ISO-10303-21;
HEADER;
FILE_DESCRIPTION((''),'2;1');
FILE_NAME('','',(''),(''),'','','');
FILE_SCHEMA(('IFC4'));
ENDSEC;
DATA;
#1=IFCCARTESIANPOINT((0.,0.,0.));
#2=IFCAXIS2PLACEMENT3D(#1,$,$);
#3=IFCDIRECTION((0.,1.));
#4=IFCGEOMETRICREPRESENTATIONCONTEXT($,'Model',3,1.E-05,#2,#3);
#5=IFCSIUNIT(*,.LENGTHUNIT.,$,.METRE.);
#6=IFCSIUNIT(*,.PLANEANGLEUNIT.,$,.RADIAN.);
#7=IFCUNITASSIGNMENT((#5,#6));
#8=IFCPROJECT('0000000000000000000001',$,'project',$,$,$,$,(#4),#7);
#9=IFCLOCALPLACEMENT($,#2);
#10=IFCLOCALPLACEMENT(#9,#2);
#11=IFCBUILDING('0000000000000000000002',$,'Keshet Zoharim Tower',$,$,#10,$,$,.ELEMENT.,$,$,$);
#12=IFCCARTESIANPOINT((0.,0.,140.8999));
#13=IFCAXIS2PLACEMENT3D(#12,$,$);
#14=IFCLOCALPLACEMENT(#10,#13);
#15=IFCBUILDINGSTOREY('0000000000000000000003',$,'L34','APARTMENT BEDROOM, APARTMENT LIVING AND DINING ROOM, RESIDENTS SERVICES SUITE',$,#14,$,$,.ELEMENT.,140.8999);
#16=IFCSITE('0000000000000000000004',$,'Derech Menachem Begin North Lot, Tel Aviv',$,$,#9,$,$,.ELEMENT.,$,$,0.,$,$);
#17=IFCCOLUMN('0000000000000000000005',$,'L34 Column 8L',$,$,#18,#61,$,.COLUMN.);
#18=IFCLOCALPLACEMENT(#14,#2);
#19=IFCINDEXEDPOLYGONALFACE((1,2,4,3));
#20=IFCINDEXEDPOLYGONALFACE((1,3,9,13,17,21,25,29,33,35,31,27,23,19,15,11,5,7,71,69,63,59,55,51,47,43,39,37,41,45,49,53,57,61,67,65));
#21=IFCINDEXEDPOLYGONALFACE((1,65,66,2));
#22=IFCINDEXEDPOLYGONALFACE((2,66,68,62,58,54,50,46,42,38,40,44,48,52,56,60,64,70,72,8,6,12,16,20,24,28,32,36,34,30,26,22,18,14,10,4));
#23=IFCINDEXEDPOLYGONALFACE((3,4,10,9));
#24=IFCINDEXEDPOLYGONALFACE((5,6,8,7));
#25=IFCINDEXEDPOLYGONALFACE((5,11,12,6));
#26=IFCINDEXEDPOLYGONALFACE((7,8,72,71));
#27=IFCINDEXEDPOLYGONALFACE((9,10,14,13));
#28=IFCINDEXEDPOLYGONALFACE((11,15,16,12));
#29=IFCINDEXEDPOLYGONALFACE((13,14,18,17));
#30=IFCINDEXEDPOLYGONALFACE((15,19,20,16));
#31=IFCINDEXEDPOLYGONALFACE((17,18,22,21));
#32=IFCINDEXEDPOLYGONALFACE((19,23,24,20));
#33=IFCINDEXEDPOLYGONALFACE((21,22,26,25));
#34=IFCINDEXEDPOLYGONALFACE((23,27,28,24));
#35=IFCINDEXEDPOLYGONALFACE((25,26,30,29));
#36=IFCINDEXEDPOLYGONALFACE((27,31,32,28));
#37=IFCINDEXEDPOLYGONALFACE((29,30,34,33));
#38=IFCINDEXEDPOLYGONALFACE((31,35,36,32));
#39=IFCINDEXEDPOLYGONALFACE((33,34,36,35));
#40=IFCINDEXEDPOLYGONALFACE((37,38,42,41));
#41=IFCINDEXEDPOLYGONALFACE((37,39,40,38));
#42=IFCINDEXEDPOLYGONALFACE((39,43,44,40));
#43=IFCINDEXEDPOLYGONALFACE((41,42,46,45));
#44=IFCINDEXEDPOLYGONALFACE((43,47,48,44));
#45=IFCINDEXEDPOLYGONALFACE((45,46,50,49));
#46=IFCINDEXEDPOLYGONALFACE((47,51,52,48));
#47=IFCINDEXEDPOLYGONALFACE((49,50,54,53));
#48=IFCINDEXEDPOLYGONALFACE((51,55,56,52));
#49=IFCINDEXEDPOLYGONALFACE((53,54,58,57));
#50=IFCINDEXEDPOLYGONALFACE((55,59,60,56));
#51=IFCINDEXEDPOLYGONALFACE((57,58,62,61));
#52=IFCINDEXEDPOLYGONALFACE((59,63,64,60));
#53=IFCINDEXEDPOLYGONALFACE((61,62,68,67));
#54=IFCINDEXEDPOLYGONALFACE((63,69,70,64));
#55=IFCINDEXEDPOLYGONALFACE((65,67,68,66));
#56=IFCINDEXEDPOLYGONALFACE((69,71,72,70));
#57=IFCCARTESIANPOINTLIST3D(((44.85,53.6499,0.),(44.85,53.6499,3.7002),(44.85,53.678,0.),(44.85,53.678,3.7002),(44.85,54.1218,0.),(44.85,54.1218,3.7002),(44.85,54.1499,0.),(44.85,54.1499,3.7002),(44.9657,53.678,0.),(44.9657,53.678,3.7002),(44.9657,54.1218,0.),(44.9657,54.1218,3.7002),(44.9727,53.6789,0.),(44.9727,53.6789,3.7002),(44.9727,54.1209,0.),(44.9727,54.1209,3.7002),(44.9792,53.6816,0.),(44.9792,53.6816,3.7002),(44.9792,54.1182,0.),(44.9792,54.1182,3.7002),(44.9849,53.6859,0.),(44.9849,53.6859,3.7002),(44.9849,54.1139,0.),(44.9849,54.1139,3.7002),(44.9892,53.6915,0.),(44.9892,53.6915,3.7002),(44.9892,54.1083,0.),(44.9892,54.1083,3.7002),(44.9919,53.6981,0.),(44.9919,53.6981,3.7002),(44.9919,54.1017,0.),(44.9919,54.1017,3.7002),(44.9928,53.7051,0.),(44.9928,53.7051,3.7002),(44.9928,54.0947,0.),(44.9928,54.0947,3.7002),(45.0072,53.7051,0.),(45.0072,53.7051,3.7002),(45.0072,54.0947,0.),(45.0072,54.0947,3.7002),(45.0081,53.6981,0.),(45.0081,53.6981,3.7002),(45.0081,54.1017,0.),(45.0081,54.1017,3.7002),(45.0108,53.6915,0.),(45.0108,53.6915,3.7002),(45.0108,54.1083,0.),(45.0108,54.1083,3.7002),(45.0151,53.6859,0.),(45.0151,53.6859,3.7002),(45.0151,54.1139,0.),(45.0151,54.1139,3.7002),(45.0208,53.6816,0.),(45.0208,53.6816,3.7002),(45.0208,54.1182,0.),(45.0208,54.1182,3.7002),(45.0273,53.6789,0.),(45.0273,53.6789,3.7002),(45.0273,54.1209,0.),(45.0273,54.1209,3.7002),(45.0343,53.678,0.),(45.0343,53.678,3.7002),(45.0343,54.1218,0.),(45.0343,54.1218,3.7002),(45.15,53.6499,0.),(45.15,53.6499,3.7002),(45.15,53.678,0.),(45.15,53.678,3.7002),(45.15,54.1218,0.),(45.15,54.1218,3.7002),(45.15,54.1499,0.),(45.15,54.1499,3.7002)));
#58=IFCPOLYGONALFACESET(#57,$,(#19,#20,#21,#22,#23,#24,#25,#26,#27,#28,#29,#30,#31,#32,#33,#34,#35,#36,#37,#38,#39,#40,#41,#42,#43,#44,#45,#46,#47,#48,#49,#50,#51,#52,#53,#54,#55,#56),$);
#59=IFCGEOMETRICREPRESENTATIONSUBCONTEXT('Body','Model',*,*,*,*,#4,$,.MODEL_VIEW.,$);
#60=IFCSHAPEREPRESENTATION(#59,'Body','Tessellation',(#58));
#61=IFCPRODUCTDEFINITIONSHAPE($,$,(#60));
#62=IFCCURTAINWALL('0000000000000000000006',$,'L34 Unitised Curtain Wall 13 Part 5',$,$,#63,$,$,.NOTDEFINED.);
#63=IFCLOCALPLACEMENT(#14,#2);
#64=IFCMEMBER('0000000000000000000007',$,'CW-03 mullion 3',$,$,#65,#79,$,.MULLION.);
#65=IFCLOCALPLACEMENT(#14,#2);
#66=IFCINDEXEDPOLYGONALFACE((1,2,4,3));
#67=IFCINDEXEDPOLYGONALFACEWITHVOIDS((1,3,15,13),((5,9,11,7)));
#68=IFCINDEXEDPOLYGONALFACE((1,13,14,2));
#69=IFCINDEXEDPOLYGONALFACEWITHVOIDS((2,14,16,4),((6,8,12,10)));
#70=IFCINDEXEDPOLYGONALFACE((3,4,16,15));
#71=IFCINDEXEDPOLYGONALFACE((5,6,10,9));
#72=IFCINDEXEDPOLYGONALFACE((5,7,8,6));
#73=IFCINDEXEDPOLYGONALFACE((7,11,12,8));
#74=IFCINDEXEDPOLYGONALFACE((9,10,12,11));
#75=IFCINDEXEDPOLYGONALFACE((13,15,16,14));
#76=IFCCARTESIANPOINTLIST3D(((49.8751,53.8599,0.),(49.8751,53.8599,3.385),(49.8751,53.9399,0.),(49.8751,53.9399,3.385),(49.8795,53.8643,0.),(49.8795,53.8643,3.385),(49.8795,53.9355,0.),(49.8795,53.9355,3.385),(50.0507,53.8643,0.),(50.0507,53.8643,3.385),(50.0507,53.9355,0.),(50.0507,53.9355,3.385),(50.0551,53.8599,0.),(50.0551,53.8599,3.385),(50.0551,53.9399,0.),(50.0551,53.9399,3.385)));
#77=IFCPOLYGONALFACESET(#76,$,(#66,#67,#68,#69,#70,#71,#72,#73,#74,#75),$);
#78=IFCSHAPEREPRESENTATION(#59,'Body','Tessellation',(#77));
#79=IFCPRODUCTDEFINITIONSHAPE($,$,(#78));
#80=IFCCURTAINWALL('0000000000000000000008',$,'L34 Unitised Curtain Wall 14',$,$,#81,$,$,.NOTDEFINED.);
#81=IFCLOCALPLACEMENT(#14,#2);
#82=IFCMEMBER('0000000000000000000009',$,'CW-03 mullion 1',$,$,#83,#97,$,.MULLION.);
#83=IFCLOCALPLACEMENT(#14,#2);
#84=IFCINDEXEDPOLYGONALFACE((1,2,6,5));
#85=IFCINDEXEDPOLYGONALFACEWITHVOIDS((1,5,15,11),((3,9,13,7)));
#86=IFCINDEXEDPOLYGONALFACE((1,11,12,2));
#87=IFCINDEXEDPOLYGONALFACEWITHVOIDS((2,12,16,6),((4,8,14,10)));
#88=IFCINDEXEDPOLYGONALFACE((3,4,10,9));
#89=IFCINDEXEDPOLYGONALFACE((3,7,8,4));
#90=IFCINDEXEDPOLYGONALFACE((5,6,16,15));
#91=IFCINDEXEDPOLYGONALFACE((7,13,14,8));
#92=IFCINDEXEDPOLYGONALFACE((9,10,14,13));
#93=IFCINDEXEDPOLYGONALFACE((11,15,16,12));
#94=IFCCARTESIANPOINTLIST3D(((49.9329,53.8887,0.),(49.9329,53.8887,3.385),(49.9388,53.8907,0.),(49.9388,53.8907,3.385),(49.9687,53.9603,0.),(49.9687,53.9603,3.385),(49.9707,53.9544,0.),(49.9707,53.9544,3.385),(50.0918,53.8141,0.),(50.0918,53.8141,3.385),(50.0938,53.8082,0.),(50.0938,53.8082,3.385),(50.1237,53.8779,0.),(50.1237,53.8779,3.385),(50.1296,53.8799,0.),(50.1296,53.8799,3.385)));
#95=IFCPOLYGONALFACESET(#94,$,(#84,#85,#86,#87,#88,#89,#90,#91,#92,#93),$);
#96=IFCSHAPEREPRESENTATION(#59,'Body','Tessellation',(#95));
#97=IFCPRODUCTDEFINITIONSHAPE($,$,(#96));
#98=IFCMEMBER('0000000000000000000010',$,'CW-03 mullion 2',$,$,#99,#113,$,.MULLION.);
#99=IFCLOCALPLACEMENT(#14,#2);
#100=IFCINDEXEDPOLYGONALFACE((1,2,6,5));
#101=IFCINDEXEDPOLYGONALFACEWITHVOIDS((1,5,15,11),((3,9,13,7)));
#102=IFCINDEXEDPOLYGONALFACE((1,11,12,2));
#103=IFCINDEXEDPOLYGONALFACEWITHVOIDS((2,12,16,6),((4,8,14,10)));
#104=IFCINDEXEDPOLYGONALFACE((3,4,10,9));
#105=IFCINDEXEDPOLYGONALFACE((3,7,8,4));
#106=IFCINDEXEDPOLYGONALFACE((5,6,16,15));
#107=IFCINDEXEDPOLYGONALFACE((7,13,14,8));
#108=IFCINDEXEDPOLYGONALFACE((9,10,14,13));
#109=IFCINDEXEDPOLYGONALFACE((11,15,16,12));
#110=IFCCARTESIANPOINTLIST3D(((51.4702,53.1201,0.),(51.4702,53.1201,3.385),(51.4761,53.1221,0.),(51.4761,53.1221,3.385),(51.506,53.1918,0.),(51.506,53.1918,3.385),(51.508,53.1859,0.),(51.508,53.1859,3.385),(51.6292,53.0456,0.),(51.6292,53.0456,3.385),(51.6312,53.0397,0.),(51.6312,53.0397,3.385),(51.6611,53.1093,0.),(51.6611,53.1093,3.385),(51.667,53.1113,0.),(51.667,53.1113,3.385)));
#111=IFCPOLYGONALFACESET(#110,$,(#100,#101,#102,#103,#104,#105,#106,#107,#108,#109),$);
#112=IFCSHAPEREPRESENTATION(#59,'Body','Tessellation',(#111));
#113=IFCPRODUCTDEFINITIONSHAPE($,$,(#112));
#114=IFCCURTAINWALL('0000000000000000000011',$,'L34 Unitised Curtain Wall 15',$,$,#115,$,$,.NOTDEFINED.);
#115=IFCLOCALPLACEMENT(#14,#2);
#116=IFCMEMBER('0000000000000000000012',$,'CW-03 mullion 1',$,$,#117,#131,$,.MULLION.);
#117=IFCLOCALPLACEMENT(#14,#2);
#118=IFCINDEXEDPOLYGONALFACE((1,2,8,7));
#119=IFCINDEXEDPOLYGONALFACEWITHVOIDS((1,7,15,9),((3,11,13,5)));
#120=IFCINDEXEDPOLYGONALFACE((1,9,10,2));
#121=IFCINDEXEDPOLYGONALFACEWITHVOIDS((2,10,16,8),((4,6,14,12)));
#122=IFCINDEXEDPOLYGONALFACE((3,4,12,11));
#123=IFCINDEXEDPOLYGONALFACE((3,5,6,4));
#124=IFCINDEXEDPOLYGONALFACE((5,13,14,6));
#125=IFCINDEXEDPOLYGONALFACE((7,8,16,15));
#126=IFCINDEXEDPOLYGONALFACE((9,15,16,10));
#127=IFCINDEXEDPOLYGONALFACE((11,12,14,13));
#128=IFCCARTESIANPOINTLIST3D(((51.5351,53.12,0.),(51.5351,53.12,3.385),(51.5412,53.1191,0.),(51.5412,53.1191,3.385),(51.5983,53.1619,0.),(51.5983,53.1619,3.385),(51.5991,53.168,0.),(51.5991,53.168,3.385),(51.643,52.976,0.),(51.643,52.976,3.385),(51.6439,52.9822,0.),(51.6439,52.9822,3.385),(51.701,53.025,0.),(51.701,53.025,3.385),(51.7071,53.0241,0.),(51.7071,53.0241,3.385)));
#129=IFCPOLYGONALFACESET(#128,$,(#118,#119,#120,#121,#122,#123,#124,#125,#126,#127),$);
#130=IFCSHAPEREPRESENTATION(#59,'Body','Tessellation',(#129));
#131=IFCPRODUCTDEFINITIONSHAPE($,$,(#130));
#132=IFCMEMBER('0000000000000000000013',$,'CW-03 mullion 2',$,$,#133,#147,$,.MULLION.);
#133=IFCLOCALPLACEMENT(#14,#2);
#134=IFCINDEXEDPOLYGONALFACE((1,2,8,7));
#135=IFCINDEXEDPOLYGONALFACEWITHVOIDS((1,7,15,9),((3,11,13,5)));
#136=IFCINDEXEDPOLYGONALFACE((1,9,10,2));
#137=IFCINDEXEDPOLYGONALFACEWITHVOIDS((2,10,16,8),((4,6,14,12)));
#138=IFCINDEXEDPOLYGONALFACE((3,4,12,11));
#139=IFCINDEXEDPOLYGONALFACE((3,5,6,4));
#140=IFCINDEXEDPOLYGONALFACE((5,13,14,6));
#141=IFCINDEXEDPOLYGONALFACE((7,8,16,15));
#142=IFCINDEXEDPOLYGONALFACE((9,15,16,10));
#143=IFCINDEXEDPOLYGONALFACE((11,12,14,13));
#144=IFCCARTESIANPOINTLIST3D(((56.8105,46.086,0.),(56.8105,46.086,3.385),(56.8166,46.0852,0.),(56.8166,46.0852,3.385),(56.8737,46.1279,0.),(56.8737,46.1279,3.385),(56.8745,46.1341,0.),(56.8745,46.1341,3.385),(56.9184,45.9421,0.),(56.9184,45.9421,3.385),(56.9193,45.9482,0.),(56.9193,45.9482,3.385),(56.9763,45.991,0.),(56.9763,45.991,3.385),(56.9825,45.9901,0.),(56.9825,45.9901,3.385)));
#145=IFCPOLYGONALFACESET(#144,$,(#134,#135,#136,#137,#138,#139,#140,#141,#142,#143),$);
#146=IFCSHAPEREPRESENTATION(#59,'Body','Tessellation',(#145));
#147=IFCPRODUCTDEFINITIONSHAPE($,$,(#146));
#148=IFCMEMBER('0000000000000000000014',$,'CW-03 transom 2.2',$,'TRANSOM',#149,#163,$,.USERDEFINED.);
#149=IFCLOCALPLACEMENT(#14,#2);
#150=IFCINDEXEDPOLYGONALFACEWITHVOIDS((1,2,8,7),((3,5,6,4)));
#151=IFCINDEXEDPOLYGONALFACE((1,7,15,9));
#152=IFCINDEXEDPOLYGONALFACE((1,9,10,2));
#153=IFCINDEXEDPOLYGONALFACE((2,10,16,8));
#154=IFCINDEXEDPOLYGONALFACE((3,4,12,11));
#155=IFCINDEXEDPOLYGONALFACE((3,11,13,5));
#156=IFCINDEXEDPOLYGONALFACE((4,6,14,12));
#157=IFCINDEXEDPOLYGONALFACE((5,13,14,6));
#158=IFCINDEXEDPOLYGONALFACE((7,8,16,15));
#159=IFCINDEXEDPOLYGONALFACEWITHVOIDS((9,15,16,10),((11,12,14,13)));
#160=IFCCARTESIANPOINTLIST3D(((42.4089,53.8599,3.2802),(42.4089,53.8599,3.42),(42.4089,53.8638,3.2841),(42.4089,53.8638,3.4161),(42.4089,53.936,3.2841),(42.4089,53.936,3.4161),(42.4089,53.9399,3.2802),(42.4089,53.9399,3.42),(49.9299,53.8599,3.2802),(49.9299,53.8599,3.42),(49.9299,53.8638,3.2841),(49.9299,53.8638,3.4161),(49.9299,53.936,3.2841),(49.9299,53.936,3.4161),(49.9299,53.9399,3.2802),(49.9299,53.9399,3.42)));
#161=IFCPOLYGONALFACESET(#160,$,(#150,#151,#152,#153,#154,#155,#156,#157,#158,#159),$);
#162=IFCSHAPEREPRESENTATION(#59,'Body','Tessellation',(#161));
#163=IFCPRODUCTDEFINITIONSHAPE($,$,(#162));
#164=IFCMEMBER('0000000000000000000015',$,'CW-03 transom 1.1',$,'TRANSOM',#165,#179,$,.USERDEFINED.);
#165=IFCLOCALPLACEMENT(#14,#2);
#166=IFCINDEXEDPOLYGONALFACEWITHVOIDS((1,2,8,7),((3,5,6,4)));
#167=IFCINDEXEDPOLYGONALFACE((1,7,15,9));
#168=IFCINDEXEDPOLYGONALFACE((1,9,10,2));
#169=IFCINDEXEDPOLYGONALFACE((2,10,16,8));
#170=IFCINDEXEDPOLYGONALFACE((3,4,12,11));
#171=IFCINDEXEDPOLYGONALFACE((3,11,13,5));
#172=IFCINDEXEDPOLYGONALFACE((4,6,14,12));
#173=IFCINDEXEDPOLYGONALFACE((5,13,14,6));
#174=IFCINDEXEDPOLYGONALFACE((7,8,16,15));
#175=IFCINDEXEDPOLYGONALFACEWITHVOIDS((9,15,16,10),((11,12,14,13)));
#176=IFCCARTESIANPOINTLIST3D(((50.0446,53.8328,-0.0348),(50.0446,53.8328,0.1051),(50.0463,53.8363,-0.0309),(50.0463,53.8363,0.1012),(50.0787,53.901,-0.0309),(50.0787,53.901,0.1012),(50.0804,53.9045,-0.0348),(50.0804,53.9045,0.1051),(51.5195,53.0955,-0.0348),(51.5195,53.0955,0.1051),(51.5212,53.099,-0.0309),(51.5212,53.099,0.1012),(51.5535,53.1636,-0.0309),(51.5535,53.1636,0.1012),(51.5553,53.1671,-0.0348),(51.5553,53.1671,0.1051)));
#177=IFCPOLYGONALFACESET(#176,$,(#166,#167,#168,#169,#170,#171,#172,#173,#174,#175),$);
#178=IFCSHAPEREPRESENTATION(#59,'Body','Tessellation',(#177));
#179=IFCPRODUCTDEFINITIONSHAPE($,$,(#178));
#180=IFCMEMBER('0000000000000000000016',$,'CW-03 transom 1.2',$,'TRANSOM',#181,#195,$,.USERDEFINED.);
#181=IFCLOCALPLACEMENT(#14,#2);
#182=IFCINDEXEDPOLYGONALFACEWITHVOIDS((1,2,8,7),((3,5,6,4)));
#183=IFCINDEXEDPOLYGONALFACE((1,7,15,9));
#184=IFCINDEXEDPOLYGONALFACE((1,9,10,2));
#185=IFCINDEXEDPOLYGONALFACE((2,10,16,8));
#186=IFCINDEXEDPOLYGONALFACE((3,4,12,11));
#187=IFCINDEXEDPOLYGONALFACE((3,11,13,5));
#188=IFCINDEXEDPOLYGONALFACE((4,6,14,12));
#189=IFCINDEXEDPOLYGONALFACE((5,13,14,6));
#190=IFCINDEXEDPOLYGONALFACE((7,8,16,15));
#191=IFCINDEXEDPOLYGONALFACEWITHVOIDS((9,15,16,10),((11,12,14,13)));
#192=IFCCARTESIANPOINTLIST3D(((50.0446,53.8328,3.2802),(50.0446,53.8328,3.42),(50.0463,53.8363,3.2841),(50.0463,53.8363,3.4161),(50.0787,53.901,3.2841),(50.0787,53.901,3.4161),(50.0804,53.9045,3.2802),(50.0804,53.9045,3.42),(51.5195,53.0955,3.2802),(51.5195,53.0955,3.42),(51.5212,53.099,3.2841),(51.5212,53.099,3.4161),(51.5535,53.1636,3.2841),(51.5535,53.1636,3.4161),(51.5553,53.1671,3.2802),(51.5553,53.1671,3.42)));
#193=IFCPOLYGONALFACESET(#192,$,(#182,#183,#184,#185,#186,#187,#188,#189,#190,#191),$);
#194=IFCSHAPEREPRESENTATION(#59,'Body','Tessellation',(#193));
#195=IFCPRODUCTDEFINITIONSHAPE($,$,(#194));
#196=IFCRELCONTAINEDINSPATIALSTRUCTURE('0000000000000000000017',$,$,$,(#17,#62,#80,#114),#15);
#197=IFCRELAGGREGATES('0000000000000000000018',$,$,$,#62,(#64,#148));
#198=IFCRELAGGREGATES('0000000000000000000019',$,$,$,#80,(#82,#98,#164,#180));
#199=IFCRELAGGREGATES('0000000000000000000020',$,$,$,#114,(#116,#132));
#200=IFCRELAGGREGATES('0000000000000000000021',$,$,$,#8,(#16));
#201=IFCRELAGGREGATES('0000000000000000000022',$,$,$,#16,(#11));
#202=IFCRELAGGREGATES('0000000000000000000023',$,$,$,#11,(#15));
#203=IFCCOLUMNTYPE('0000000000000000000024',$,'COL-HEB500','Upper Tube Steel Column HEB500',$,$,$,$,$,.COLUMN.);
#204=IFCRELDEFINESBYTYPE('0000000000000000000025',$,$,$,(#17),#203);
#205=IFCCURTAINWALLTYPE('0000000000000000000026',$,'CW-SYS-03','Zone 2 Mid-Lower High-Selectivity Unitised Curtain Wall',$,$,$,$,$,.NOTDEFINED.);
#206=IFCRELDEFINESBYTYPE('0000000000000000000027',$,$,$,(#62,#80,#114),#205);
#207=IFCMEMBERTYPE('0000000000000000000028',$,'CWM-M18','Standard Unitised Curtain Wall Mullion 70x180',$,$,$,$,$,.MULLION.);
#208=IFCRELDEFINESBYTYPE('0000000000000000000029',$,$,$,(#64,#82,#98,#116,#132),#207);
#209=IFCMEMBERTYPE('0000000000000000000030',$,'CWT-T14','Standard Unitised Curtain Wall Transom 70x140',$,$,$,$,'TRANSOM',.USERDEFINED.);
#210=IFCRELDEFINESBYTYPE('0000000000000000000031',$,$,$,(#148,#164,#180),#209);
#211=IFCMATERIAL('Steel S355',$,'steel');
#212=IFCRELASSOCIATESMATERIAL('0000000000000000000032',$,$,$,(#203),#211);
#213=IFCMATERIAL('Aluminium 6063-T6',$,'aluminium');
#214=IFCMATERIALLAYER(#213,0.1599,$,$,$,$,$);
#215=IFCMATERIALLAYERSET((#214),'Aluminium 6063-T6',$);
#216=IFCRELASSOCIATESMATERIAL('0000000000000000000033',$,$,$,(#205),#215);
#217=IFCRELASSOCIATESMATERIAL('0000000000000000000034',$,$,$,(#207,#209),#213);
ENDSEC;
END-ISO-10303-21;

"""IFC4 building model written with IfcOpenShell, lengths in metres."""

from ifc_helpers import new_model, si_unit, direction, frame, origin, origin_2d, place, context, subcontext, project, spatial, hollow_rectangle, i_section, extrude, material, layer, layer_set, material_profile, profile_set, type_object, element, aggregate, save


model = new_model("IFC4")

# Units and contexts
model_context = context("Model", 3, precision=1e-05, world=origin(), true_north=direction((0.0, 1.0)))
body_context = subcontext(model_context, "Body", "Model", "MODEL_VIEW")
ifc_project = project(units=[si_unit("LENGTHUNIT", "METRE"), si_unit("PLANEANGLEUNIT", "RADIAN")], contexts=[model_context])

# Site, building, storey
site_placement = place(None, origin())
site = spatial("IfcSite", under=ifc_project, at=site_placement, Name="Derech Menachem Begin North Lot, Tel Aviv", CompositionType="ELEMENT", RefElevation=0.0)
building_placement = place(site_placement, origin())
building = spatial("IfcBuilding", under=site, at=building_placement, Name="Keshet Zoharim Tower", CompositionType="ELEMENT")
storey_placement = place(building_placement, frame((0.0, 0.0, 140.8999)))
storey = spatial("IfcBuildingStorey", under=building, at=storey_placement, Name="L34", Description="APARTMENT BEDROOM, APARTMENT LIVING AND DINING ROOM, RESIDENTS SERVICES SUITE", CompositionType="ELEMENT", Elevation=140.8999)

# Column
ifc_material_1 = material(Name="Steel S355", Category="steel")
ifc_material_profile_1 = material_profile(ifc_material_1, i_section(OverallWidth=0.3, OverallDepth=0.5, WebThickness=0.0144, FlangeThickness=0.0281, FilletRadius=0.0271, at=origin_2d()), Name="HEB500")
ifc_profile_set_1 = profile_set([ifc_material_profile_1], Name="Steel S355")
column_type = type_object("IfcColumnType", Name="COL-HEB500", Description="Upper Tube Steel Column HEB500", PredefinedType="COLUMN", material=ifc_profile_set_1)
column_placement = place(storey_placement, frame((45.0, 53.8999, 0.0), z_axis=(0.0, 0.0, 1.0), x_axis=(1.0, 0.0, 0.0)))
element("IfcColumn", 1, at=column_placement, inside=storey, type_object=column_type, Name="L34 Column 8L", PredefinedType="COLUMN", context=body_context, shape_type="SweptSolid", body=[
    extrude(i_section(OverallWidth=0.3, OverallDepth=0.5, WebThickness=0.0144, FlangeThickness=0.0281, FilletRadius=0.0271, at=origin_2d()), origin(), (0.0, 0.0, 1.0), 3.7002),
])

# Curtain wall, member
ifc_material_2 = material(Name="Aluminium 6063-T6", Category="aluminium")
ifc_layer_1 = layer(ifc_material_2, 0.1599)
ifc_layer_set_1 = layer_set([ifc_layer_1], Name="Aluminium 6063-T6")
curtain_wall_type = type_object("IfcCurtainWallType", Name="CW-SYS-03", Description="Zone 2 Mid-Lower High-Selectivity Unitised Curtain Wall", PredefinedType="NOTDEFINED", material=ifc_layer_set_1)
curtain_wall_1_placement = place(storey_placement, origin())
curtain_wall_1 = element("IfcCurtainWall", 2, at=curtain_wall_1_placement, inside=storey, type_object=curtain_wall_type, Name="L34 Unitised Curtain Wall 13 Part 5", PredefinedType="NOTDEFINED")
ifc_material_profile_2 = material_profile(ifc_material_2, hollow_rectangle(XDim=0.0801, YDim=0.1799, WallThickness=0.0044, at=origin_2d()), Name="MUL-80x180")
ifc_profile_set_2 = profile_set([ifc_material_profile_2], Name="Aluminium 6063-T6")
member_type_1 = type_object("IfcMemberType", Name="CWM-M18", Description="Standard Unitised Curtain Wall Mullion 70x180", PredefinedType="MULLION", material=ifc_profile_set_2)
member_1_placement = place(storey_placement, frame((49.9651, 53.8999, 0.0), z_axis=(0.0, 0.0, 1.0), x_axis=(0.0, 1.0, 0.0)))
member_1 = element("IfcMember", 3, at=member_1_placement, type_object=member_type_1, Name="CW-03 mullion 3", PredefinedType="MULLION", context=body_context, shape_type="SweptSolid", body=[
    extrude(hollow_rectangle(XDim=0.0801, YDim=0.1799, WallThickness=0.0044, at=origin_2d()), origin(), (0.0, 0.0, 1.0), 3.385),
])

# Curtain walls, members
curtain_wall_2_placement = place(storey_placement, origin())
curtain_wall_2 = element("IfcCurtainWall", 4, at=curtain_wall_2_placement, inside=storey, type_object=curtain_wall_type, Name="L34 Unitised Curtain Wall 14", PredefinedType="NOTDEFINED")
member_2_placement = place(storey_placement, frame((50.0312, 53.8843, 0.0), z_axis=(0.0, 0.0, 1.0), x_axis=(0.447214, 0.894427, 0.0)))
member_2 = element("IfcMember", 5, at=member_2_placement, type_object=member_type_1, Name="CW-03 mullion 1", PredefinedType="MULLION", context=body_context, shape_type="SweptSolid", body=[
    extrude(hollow_rectangle(XDim=0.0801, YDim=0.1799, WallThickness=0.0044, at=origin_2d()), origin(), (0.0, 0.0, 1.0), 3.385),
])
member_3_placement = place(storey_placement, frame((51.5686, 53.1157, 0.0), z_axis=(0.0, 0.0, 1.0), x_axis=(0.447214, 0.894427, 0.0)))
member_3 = element("IfcMember", 6, at=member_3_placement, type_object=member_type_1, Name="CW-03 mullion 2", PredefinedType="MULLION", context=body_context, shape_type="SweptSolid", body=[
    extrude(hollow_rectangle(XDim=0.0801, YDim=0.1799, WallThickness=0.0044, at=origin_2d()), origin(), (0.0, 0.0, 1.0), 3.385),
])
curtain_wall_3_placement = place(storey_placement, origin())
curtain_wall_3 = element("IfcCurtainWall", 7, at=curtain_wall_3_placement, inside=storey, type_object=curtain_wall_type, Name="L34 Unitised Curtain Wall 15", PredefinedType="NOTDEFINED")
member_4_placement = place(storey_placement, frame((51.6211, 53.072, 0.0), z_axis=(0.0, 0.0, 1.0), x_axis=(0.8, 0.6, 0.0)))
member_4 = element("IfcMember", 8, at=member_4_placement, type_object=member_type_1, Name="CW-03 mullion 1", PredefinedType="MULLION", context=body_context, shape_type="SweptSolid", body=[
    extrude(hollow_rectangle(XDim=0.0801, YDim=0.1799, WallThickness=0.0044, at=origin_2d()), origin(), (0.0, 0.0, 1.0), 3.385),
])
member_5_placement = place(storey_placement, frame((56.8965, 46.0381, 0.0), z_axis=(0.0, 0.0, 1.0), x_axis=(0.8, 0.6, 0.0)))
member_5 = element("IfcMember", 9, at=member_5_placement, type_object=member_type_1, Name="CW-03 mullion 2", PredefinedType="MULLION", context=body_context, shape_type="SweptSolid", body=[
    extrude(hollow_rectangle(XDim=0.0801, YDim=0.1799, WallThickness=0.0044, at=origin_2d()), origin(), (0.0, 0.0, 1.0), 3.385),
])

# Members
ifc_material_profile_3 = material_profile(ifc_material_2, hollow_rectangle(XDim=0.0801, YDim=0.1399, WallThickness=0.0039, at=origin_2d()), Name="TRN-80x140")
ifc_profile_set_3 = profile_set([ifc_material_profile_3], Name="Aluminium 6063-T6")
member_type_2 = type_object("IfcMemberType", Name="CWT-T14", Description="Standard Unitised Curtain Wall Transom 70x140", ElementType="TRANSOM", PredefinedType="USERDEFINED", material=ifc_profile_set_3)
member_6_placement = place(storey_placement, frame((42.4089, 53.8999, 3.3501), z_axis=(1.0, 0.0, 0.0), x_axis=(0.0, 1.0, 0.0)))
member_6 = element("IfcMember", 10, at=member_6_placement, type_object=member_type_2, Name="CW-03 transom 2.2", ObjectType="TRANSOM", PredefinedType="USERDEFINED", context=body_context, shape_type="SweptSolid", body=[
    extrude(hollow_rectangle(XDim=0.0801, YDim=0.1399, WallThickness=0.0039, at=origin_2d()), origin(), (0.0, 0.0, 1.0), 7.521),
])
member_7_placement = place(storey_placement, frame((50.0625, 53.8687, 0.0352), z_axis=(0.894457, -0.447154, 0.0), x_axis=(0.447154, 0.894457, 0.0)))
member_7 = element("IfcMember", 11, at=member_7_placement, type_object=member_type_2, Name="CW-03 transom 1.1", ObjectType="TRANSOM", PredefinedType="USERDEFINED", context=body_context, shape_type="SweptSolid", body=[
    extrude(hollow_rectangle(XDim=0.0801, YDim=0.1399, WallThickness=0.0039, at=origin_2d()), origin(), (0.0, 0.0, 1.0), 1.6489),
])
member_8_placement = place(storey_placement, frame((50.0625, 53.8687, 3.3501), z_axis=(0.894457, -0.447154, 0.0), x_axis=(0.447154, 0.894457, 0.0)))
member_8 = element("IfcMember", 12, at=member_8_placement, type_object=member_type_2, Name="CW-03 transom 1.2", ObjectType="TRANSOM", PredefinedType="USERDEFINED", context=body_context, shape_type="SweptSolid", body=[
    extrude(hollow_rectangle(XDim=0.0801, YDim=0.1399, WallThickness=0.0039, at=origin_2d()), origin(), (0.0, 0.0, 1.0), 1.6489),
])

aggregate(curtain_wall_1, [member_1, member_6])
aggregate(curtain_wall_2, [member_2, member_3, member_7, member_8])
aggregate(curtain_wall_3, [member_4, member_5])

save(model, "model.ifc")
